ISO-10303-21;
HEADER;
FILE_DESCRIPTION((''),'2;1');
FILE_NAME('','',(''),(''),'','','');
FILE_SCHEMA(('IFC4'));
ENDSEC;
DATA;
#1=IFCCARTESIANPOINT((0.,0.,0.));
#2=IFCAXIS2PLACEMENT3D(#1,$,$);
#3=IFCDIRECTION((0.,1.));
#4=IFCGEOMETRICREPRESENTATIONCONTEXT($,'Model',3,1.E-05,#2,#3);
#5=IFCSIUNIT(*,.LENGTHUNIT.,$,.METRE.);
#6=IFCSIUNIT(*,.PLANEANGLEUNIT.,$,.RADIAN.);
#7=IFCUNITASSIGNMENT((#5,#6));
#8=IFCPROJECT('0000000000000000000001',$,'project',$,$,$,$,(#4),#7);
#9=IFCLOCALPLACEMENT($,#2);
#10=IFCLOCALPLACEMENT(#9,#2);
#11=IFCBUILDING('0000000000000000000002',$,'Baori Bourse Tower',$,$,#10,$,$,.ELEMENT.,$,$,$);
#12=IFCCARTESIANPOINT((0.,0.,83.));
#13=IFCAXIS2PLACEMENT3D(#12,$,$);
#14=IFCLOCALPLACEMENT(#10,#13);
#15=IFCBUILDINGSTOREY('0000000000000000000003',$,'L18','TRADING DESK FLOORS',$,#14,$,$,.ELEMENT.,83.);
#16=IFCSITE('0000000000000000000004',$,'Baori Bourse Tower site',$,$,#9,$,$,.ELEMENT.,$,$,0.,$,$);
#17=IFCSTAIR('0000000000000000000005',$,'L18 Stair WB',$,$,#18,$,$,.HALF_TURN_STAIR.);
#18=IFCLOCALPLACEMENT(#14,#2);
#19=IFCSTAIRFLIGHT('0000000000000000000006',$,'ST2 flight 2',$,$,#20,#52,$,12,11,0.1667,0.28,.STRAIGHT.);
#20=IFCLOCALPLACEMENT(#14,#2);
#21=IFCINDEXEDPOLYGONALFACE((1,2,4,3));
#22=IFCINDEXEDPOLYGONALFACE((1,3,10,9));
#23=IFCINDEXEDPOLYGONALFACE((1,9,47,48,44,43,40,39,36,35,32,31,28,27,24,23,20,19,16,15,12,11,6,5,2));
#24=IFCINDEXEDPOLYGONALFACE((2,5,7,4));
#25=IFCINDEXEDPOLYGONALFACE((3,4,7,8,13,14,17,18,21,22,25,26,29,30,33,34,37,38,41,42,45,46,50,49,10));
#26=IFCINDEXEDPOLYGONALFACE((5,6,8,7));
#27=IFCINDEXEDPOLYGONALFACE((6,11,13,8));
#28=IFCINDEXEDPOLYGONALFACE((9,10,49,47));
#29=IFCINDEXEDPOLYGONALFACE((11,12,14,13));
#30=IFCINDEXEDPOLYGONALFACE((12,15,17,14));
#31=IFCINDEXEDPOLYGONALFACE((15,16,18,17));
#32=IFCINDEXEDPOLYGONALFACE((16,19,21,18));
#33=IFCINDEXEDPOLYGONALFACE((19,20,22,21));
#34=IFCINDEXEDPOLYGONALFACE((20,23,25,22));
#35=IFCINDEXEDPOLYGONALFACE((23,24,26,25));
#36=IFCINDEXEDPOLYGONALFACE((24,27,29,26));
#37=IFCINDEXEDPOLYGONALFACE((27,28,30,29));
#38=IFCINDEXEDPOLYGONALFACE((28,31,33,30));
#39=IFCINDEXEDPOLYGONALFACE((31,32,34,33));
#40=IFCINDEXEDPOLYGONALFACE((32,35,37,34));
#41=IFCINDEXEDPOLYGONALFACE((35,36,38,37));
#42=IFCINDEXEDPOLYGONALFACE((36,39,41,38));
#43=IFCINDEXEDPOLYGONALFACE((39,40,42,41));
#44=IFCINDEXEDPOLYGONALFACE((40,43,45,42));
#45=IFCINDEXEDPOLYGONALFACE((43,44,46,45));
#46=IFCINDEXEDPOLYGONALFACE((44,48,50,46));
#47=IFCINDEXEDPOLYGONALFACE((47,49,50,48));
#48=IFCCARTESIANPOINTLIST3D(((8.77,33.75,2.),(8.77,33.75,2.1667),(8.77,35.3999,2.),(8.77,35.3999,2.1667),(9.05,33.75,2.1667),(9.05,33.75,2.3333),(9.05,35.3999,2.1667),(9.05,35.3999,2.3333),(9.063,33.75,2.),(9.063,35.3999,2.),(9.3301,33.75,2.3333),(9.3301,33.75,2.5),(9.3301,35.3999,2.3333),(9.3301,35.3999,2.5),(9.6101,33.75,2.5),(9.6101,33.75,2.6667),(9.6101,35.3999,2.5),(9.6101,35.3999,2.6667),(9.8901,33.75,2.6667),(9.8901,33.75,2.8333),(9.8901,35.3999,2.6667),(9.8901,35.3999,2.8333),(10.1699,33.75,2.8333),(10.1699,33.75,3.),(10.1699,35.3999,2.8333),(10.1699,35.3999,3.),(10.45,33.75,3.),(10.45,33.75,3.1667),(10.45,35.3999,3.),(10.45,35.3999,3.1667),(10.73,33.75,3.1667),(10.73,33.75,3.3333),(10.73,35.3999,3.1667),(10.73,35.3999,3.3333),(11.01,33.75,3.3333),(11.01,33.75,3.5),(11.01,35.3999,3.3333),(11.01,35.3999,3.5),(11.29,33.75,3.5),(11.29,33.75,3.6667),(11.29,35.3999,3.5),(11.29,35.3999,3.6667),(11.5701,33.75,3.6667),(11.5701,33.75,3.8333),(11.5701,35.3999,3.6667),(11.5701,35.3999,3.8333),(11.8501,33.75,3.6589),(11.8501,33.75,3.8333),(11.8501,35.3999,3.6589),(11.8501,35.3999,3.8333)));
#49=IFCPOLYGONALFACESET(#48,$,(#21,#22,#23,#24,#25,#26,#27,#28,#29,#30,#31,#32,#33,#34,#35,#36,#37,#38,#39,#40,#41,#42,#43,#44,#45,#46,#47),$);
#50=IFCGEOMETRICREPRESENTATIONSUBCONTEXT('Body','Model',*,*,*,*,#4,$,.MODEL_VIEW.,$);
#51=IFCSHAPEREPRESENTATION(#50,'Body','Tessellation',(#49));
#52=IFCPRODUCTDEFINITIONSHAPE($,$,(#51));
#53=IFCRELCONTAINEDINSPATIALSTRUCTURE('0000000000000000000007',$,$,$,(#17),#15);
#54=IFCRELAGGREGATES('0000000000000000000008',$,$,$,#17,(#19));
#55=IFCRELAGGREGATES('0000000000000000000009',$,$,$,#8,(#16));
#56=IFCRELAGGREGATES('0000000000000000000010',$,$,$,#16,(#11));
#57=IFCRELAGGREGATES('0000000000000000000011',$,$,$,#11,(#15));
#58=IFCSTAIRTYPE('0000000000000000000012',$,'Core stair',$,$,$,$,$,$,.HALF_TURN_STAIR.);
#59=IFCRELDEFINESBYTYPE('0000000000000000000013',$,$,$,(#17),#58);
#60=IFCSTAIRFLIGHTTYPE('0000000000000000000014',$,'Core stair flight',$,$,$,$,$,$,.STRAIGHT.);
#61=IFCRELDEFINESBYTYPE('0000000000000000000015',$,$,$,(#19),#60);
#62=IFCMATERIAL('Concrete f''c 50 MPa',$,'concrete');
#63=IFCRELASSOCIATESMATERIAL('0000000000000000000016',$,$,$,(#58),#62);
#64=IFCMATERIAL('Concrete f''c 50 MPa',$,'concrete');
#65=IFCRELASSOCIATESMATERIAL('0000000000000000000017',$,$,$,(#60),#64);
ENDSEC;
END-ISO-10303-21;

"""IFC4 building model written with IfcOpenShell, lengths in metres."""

from ifc_helpers import new_model, si_unit, direction, frame, origin, place, context, subcontext, project, spatial, polyline, outline, extrude, material, type_object, element, aggregate, save


model = new_model("IFC4")

# Units and contexts
model_context = context("Model", 3, precision=1e-05, world=origin(), true_north=direction((0.0, 1.0)))
body_context = subcontext(model_context, "Body", "Model", "MODEL_VIEW")
ifc_project = project(units=[si_unit("LENGTHUNIT", "METRE"), si_unit("PLANEANGLEUNIT", "RADIAN")], contexts=[model_context])

# Site, building, storey
site_placement = place(None, origin())
site = spatial("IfcSite", under=ifc_project, at=site_placement, Name="Baori Bourse Tower site", CompositionType="ELEMENT", RefElevation=0.0)
building_placement = place(site_placement, origin())
building = spatial("IfcBuilding", under=site, at=building_placement, Name="Baori Bourse Tower", CompositionType="ELEMENT")
storey_placement = place(building_placement, frame((0.0, 0.0, 83.0)))
storey = spatial("IfcBuildingStorey", under=building, at=storey_placement, Name="L18", Description="TRADING DESK FLOORS", CompositionType="ELEMENT", Elevation=83.0)

# Stair, stair flight
ifc_material_1 = material(Name="Concrete f'c 50 MPa", Category="concrete")
stair_type = type_object("IfcStairType", Name="Core stair", PredefinedType="HALF_TURN_STAIR", material=ifc_material_1)
stair_placement = place(storey_placement, origin())
stair = element("IfcStair", 1, at=stair_placement, inside=storey, type_object=stair_type, Name="L18 Stair WB", PredefinedType="HALF_TURN_STAIR")
ifc_material_2 = material(Name="Concrete f'c 50 MPa", Category="concrete")
stair_flight_type = type_object("IfcStairFlightType", Name="Core stair flight", PredefinedType="STRAIGHT", material=ifc_material_2)
stair_flight_1_placement = place(storey_placement, frame((8.77, 34.575, 2.0), z_axis=(0.0, 0.0, 1.0), x_axis=(1.0, 0.0, 0.0)))
stair_flight_1 = element("IfcStairFlight", 2, at=stair_flight_1_placement, type_object=stair_flight_type, Name="ST2 flight 2", NumberOfRisers=12, NumberOfTreads=11, PredefinedType="STRAIGHT", RiserHeight=0.1667, TreadLength=0.28, context=body_context, shape_type="SweptSolid", body=[
    extrude(outline(polyline([(0.0, 0.0), (0.0, 0.1667), (0.28, 0.1667), (0.28, 0.3333), (0.5601, 0.3333), (0.5601, 0.5), (0.8401, 0.5), (0.8401, 0.6667), (1.1201, 0.6667), (1.1201, 0.8333), (1.3999, 0.8333), (1.3999, 1.0), (1.6799, 1.0), (1.6799, 1.1667), (1.96, 1.1667), (1.96, 1.3333), (2.24, 1.3333), (2.24, 1.5), (2.52, 1.5), (2.52, 1.6667), (2.8, 1.6667), (2.8, 1.8333), (3.0801, 1.8333), (3.0801, 2.0), (3.0801, 1.6589), (0.293, 0.0), (0.0, 0.0)])), frame((0.0, 0.825, 0.0), z_axis=(0.0, -1.0, 0.0), x_axis=(1.0, 0.0, 0.0)), (0.0, 0.0, 1.0), 1.6499),
])
aggregate(stair, [stair_flight_1])

save(model, "model.ifc")
